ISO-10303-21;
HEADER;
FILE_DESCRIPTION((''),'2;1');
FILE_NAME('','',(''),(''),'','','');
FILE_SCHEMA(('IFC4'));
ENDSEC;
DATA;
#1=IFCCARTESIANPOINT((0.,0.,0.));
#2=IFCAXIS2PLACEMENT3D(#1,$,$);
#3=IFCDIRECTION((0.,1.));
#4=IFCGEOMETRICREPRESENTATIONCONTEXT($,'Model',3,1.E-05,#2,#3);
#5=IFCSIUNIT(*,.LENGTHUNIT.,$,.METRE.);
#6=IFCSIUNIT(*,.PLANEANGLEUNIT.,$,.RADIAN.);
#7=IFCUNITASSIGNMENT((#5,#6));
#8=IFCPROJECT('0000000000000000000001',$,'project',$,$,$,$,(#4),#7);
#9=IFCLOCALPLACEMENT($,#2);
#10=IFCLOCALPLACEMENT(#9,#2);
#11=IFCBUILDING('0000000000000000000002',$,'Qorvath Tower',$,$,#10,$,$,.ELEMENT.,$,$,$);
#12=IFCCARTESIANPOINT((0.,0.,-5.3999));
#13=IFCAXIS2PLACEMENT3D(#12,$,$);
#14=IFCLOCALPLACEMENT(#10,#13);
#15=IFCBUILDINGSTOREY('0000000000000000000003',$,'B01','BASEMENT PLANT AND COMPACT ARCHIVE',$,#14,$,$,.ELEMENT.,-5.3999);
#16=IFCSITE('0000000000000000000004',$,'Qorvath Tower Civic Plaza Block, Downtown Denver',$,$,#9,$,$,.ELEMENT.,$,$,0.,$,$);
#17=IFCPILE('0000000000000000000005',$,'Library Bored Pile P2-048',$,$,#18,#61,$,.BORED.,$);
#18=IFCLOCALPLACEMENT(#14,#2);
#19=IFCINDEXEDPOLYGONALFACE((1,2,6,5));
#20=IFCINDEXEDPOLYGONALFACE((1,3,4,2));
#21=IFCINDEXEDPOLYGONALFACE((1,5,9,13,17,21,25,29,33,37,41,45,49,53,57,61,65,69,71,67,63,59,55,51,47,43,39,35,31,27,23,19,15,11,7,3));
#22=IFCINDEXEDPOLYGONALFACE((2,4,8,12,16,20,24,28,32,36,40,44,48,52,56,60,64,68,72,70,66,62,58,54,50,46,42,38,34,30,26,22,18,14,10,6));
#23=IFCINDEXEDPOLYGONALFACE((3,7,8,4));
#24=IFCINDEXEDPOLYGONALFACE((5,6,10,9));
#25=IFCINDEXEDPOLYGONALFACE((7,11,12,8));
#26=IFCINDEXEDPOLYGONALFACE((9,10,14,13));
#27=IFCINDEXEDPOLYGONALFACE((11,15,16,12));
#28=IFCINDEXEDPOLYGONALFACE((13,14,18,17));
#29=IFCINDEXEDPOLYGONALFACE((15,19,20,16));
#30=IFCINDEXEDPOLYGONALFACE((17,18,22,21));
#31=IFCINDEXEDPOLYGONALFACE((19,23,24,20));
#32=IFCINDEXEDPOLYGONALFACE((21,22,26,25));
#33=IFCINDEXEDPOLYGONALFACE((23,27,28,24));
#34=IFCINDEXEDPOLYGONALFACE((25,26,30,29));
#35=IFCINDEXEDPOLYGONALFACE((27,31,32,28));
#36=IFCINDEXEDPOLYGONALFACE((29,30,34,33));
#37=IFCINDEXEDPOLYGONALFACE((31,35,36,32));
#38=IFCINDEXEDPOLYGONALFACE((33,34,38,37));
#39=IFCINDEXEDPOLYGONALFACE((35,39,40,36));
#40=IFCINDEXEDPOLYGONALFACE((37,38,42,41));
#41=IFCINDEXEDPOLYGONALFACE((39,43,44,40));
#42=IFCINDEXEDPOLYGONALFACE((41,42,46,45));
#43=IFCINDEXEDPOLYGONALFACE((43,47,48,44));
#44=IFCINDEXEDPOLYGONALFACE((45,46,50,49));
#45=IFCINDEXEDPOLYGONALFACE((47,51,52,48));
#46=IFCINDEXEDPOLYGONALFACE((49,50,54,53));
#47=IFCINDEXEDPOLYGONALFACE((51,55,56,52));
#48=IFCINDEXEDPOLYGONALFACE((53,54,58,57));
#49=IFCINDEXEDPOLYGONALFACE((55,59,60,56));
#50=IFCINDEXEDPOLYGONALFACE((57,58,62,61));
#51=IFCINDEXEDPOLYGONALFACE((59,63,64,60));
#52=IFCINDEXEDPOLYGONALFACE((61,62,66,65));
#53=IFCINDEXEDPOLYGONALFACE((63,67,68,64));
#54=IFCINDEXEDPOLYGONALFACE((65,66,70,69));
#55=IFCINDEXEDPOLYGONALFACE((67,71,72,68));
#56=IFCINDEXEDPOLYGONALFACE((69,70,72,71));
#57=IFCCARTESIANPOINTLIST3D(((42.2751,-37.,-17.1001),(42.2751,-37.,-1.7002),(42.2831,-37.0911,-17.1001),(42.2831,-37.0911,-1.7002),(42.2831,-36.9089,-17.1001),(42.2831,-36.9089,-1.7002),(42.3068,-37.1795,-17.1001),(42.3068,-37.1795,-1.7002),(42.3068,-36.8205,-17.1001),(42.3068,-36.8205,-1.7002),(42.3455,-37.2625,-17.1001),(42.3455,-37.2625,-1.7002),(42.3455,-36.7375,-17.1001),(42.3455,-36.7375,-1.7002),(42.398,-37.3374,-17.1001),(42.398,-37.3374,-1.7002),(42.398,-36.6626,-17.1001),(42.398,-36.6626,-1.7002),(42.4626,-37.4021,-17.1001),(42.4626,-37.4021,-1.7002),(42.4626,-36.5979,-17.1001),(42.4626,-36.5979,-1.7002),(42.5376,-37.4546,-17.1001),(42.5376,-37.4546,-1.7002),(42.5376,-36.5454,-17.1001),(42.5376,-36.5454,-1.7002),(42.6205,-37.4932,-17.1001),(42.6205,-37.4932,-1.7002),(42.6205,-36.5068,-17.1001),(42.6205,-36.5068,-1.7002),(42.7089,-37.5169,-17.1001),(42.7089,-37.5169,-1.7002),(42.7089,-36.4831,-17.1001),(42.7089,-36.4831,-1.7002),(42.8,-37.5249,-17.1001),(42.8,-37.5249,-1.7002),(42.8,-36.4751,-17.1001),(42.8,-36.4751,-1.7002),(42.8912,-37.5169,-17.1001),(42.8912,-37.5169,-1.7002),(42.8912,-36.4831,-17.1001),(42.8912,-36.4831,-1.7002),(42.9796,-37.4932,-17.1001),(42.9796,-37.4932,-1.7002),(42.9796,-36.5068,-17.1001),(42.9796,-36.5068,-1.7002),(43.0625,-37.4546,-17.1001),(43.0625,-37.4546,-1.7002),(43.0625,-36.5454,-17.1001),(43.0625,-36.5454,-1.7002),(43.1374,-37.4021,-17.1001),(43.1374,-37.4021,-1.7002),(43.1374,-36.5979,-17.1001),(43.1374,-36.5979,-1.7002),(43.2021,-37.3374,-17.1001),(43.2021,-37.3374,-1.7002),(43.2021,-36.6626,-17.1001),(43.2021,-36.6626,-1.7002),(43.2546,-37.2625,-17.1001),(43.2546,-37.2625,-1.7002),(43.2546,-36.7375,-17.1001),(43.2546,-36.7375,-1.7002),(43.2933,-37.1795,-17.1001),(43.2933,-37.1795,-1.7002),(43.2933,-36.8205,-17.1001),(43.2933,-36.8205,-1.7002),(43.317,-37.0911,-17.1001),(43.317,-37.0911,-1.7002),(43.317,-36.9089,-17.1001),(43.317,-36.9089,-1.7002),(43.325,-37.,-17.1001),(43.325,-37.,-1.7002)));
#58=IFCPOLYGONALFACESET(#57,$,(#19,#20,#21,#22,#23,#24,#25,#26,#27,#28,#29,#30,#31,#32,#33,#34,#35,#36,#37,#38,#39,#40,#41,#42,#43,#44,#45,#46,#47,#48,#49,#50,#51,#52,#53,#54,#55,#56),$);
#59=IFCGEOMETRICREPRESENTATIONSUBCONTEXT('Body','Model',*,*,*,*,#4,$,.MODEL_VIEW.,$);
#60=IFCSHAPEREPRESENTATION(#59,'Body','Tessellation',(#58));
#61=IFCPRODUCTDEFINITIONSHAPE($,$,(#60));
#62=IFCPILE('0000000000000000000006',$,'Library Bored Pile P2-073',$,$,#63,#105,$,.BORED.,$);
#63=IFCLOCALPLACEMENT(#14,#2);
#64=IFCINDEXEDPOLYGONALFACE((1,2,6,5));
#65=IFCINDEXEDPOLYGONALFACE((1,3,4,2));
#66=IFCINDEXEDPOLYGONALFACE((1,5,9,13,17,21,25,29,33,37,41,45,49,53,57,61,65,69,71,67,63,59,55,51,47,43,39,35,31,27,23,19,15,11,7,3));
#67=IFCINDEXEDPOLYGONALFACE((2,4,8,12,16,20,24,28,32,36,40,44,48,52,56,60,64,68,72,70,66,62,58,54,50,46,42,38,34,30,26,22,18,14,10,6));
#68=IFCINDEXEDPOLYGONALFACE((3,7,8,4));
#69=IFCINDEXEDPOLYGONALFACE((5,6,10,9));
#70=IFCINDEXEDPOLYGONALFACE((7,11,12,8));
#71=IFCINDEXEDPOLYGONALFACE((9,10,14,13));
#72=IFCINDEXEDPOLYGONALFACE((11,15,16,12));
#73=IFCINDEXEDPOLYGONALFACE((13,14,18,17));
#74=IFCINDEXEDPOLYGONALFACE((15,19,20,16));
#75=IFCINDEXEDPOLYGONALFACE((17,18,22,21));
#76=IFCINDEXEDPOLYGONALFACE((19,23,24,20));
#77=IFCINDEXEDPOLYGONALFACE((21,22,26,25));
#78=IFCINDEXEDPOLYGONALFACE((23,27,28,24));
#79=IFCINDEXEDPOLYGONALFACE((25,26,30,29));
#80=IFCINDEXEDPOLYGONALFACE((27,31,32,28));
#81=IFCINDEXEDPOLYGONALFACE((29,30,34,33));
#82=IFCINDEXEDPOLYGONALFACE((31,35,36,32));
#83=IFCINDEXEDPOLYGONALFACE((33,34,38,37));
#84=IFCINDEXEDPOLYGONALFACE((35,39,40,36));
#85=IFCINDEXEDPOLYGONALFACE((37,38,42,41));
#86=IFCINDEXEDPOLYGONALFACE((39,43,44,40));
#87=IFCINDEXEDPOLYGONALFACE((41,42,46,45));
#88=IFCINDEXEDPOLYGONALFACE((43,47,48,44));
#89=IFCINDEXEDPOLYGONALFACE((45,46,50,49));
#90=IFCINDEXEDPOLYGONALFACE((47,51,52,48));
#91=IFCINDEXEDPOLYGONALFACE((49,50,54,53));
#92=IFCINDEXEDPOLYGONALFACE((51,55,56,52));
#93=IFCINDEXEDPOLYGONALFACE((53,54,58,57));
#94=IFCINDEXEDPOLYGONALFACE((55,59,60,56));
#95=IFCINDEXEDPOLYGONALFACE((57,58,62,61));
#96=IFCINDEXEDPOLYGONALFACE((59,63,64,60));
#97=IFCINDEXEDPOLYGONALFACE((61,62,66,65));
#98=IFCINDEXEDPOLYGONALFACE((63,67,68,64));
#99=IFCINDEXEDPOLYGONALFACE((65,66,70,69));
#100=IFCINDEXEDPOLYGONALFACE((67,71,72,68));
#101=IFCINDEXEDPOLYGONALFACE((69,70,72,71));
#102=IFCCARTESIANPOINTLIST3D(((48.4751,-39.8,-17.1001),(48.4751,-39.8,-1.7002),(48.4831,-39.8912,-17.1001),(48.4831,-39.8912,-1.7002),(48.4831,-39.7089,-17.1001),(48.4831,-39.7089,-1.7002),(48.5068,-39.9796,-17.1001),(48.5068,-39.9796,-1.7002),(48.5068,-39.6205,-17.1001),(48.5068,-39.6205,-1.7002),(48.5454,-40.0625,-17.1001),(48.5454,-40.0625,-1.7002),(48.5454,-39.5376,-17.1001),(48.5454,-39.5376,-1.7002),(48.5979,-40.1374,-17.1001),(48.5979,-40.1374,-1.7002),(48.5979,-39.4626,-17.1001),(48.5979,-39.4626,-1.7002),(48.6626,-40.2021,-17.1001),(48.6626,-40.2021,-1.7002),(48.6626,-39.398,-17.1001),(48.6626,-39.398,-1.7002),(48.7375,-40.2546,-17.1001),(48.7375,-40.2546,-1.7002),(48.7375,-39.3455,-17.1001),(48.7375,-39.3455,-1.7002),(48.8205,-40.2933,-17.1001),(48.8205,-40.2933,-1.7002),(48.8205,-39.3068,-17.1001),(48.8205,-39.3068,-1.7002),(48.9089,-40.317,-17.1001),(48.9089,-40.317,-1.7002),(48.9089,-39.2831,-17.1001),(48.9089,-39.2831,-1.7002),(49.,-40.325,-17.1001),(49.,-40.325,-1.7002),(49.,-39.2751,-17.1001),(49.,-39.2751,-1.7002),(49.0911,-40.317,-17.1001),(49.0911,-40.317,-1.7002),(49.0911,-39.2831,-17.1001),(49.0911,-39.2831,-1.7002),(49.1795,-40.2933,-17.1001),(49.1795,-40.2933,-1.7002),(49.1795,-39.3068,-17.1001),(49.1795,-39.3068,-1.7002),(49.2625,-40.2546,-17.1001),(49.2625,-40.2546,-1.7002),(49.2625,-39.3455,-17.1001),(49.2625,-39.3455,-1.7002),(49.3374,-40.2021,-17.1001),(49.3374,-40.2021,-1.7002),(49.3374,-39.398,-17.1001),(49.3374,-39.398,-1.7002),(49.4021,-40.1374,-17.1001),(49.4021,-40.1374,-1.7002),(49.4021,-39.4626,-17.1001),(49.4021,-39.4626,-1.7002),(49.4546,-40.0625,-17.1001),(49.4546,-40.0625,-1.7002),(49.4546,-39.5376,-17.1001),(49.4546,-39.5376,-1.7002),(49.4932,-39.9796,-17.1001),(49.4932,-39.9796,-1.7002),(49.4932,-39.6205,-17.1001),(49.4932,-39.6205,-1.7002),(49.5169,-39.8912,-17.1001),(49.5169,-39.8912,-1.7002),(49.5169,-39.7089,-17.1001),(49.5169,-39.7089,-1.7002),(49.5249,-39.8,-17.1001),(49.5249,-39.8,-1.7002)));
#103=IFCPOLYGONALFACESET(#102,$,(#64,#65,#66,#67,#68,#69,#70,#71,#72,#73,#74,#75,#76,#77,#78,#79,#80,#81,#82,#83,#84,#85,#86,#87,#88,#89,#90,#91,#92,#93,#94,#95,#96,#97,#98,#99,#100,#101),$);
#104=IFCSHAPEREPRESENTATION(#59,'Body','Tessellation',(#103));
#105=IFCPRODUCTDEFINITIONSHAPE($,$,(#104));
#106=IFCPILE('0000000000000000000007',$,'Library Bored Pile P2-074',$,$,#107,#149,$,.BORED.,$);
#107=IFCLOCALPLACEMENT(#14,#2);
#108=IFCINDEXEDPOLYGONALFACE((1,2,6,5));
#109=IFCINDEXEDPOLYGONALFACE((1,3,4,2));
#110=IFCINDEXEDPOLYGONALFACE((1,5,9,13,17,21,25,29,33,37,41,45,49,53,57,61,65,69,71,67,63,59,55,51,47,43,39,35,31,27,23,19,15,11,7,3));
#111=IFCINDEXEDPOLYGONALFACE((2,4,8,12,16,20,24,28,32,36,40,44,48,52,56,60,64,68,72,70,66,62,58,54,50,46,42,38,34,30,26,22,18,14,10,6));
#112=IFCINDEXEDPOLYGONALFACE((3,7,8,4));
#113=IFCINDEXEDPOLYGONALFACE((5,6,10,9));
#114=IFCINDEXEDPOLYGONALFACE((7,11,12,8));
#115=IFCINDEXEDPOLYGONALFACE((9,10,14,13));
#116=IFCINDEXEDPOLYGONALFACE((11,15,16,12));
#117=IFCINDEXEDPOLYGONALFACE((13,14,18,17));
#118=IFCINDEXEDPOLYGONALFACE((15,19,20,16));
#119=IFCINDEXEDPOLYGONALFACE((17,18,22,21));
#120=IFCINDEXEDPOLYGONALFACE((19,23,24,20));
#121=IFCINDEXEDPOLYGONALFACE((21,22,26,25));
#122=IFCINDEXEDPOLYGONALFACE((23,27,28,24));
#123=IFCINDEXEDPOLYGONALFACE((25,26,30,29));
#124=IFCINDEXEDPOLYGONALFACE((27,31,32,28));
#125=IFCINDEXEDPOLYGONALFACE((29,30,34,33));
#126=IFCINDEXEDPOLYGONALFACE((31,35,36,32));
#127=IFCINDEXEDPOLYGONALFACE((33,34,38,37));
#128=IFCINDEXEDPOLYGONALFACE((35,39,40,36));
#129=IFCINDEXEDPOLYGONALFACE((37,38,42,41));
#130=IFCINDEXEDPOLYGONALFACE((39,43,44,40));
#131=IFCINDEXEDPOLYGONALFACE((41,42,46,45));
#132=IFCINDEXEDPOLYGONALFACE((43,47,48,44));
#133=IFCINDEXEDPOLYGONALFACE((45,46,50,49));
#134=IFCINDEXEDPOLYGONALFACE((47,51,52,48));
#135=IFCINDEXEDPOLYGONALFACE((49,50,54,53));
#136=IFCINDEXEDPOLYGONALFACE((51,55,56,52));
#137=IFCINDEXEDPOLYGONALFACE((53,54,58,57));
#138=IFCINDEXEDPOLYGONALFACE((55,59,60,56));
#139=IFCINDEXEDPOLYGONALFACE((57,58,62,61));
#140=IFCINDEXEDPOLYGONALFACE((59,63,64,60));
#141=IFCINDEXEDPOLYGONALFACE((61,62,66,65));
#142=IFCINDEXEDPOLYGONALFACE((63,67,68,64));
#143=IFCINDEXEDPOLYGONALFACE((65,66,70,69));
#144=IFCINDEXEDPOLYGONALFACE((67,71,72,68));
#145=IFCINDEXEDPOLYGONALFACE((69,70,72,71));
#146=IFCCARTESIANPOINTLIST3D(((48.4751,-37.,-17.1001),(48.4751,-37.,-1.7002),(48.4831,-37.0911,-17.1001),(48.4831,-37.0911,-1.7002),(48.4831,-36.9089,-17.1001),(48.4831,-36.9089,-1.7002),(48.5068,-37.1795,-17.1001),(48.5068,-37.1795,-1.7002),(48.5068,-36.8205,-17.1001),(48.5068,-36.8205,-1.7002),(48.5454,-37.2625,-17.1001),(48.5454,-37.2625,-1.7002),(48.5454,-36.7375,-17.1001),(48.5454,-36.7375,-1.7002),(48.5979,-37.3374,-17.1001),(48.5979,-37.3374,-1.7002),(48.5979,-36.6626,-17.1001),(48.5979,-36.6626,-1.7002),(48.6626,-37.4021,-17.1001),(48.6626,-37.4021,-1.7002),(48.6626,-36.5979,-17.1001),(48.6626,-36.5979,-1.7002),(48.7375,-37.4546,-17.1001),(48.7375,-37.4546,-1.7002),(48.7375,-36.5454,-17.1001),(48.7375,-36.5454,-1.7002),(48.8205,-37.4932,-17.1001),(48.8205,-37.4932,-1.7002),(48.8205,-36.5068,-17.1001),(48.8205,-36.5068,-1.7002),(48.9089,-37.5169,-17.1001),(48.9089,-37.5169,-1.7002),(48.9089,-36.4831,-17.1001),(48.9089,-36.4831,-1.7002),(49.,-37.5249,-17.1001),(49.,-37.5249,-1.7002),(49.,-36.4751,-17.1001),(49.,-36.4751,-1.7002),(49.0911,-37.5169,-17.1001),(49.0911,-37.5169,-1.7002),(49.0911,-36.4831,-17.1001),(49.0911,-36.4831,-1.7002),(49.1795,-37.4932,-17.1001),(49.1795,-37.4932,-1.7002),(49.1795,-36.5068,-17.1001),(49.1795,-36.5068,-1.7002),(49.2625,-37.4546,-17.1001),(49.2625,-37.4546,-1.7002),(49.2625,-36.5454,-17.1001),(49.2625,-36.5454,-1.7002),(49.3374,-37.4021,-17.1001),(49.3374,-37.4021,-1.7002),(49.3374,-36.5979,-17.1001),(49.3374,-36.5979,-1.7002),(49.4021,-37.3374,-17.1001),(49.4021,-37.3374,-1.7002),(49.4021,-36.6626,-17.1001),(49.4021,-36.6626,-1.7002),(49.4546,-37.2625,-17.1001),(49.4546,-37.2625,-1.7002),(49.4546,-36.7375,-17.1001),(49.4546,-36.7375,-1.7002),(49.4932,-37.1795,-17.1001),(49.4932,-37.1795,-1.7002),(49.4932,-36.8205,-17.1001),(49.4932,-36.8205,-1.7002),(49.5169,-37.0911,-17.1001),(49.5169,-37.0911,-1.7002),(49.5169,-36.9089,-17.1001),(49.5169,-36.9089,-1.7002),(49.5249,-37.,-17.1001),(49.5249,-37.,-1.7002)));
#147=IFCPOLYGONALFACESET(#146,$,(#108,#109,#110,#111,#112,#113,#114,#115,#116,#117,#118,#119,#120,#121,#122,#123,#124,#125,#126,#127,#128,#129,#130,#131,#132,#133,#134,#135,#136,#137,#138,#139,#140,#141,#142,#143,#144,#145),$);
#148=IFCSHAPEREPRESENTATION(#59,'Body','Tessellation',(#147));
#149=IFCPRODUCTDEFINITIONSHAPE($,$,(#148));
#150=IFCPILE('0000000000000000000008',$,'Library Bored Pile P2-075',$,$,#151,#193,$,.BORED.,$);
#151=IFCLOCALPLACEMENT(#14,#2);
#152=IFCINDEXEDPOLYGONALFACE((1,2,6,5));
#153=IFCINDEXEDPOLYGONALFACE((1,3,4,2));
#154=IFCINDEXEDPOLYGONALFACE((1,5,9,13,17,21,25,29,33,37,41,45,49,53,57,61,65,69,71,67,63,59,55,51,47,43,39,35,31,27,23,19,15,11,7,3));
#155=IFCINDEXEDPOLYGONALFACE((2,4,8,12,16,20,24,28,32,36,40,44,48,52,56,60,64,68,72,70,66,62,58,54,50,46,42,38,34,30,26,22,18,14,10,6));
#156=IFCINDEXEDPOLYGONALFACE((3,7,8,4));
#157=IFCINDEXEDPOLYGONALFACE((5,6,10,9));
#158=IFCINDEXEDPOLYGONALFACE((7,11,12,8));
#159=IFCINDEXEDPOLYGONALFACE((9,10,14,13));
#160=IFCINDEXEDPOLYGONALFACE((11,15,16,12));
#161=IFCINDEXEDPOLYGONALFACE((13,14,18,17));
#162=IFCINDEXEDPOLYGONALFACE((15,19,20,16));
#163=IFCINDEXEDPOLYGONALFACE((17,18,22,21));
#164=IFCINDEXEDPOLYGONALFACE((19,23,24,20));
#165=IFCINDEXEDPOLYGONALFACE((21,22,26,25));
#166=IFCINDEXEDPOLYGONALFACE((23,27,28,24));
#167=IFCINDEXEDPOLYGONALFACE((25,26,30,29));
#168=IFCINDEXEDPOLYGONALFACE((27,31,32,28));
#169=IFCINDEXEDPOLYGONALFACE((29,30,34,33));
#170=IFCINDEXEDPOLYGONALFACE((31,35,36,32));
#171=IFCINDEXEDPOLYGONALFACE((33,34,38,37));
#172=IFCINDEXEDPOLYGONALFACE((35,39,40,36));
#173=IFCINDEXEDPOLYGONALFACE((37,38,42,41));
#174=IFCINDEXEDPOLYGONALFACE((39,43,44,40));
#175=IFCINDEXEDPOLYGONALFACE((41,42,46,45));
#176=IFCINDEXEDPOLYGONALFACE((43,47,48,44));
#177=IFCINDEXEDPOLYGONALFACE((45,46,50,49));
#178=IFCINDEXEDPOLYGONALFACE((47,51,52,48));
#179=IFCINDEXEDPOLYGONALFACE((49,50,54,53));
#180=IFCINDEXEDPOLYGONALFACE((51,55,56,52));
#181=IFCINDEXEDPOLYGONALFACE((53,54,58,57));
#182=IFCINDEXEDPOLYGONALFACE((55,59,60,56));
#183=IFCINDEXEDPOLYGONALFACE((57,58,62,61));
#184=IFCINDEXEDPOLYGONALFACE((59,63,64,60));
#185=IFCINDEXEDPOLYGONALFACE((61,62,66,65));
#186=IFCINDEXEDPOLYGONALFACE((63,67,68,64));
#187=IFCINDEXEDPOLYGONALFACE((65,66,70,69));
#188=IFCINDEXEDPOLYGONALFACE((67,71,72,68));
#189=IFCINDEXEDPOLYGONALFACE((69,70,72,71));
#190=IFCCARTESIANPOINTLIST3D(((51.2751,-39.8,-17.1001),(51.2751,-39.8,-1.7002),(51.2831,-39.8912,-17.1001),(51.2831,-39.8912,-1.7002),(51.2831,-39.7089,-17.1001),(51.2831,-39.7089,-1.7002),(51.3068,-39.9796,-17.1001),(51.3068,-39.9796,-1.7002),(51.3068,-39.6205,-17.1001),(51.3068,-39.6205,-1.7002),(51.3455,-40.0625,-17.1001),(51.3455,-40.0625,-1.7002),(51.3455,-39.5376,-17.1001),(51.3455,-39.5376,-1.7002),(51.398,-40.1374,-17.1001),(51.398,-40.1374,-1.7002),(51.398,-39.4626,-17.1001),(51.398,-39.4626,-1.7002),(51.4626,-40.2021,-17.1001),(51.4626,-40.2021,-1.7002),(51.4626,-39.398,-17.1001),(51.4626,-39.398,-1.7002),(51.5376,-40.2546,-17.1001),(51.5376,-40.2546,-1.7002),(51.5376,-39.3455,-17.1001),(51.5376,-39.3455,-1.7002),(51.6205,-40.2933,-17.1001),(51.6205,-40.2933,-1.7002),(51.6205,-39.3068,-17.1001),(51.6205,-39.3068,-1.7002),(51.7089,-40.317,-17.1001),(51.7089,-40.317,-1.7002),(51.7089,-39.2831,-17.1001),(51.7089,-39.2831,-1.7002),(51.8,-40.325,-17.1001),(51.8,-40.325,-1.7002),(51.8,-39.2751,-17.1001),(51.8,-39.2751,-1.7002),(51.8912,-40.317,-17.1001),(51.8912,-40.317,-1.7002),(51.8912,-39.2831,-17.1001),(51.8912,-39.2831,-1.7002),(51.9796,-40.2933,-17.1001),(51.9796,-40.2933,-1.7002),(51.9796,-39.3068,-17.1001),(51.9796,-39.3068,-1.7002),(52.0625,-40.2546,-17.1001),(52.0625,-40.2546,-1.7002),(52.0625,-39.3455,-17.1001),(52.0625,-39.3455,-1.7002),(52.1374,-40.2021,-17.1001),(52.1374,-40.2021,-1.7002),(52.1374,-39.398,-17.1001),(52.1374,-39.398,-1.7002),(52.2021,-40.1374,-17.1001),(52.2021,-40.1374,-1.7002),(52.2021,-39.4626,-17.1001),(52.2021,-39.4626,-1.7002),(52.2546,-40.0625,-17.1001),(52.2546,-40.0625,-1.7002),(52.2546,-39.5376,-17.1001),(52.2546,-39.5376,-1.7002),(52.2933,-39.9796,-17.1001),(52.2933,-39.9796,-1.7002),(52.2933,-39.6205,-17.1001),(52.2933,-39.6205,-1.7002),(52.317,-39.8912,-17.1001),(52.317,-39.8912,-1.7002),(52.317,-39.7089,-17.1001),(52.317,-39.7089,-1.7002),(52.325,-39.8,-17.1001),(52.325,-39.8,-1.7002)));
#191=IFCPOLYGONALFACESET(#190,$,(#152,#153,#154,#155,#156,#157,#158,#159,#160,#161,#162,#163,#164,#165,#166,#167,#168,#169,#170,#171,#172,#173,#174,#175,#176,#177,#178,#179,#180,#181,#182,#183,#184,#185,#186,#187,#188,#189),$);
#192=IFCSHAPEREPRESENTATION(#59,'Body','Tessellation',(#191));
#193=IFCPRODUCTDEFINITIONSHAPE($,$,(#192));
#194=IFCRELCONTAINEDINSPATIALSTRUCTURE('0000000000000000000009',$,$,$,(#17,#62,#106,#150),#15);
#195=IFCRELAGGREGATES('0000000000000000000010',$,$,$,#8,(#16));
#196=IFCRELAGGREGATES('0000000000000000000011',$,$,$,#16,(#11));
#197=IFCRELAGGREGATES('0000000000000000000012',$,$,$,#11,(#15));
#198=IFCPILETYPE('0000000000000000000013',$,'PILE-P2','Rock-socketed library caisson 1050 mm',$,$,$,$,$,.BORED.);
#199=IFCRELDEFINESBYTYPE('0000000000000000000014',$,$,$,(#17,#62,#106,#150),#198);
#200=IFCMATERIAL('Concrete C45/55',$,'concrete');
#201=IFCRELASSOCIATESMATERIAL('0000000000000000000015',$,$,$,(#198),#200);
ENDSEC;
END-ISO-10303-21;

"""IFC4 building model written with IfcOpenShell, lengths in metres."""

from ifc_helpers import new_model, si_unit, direction, frame, origin, origin_2d, place, context, subcontext, project, spatial, circle, extrude, material, material_profile, profile_set, type_object, element, save


model = new_model("IFC4")

# Units and contexts
model_context = context("Model", 3, precision=1e-05, world=origin(), true_north=direction((0.0, 1.0)))
body_context = subcontext(model_context, "Body", "Model", "MODEL_VIEW")
ifc_project = project(units=[si_unit("LENGTHUNIT", "METRE"), si_unit("PLANEANGLEUNIT", "RADIAN")], contexts=[model_context])

# Site, building, storey
site_placement = place(None, origin())
site = spatial("IfcSite", under=ifc_project, at=site_placement, Name="Qorvath Tower Civic Plaza Block, Downtown Denver", CompositionType="ELEMENT", RefElevation=0.0)
building_placement = place(site_placement, origin())
building = spatial("IfcBuilding", under=site, at=building_placement, Name="Qorvath Tower", CompositionType="ELEMENT")
storey_placement = place(building_placement, frame((0.0, 0.0, -5.3999)))
storey = spatial("IfcBuildingStorey", under=building, at=storey_placement, Name="B01", Description="BASEMENT PLANT AND COMPACT ARCHIVE", CompositionType="ELEMENT", Elevation=-5.3999)

# Piles
ifc_material_1 = material(Name="Concrete C45/55", Category="concrete")
ifc_material_profile_1 = material_profile(ifc_material_1, circle(Radius=0.5249, at=origin_2d()), Name="BORED PILE 1050")
ifc_profile_set_1 = profile_set([ifc_material_profile_1], Name="Concrete C45/55")
pile_type = type_object("IfcPileType", Name="PILE-P2", Description="Rock-socketed library caisson 1050 mm", PredefinedType="BORED", material=ifc_profile_set_1)
for number, where, z_axis, x_axis, name in (
    (1, (42.8, -37.0, -1.7002), (0.0, 0.0, -1.0), (1.0, 0.0, 0.0), "Library Bored Pile P2-048"),
    (2, (49.0, -39.8, -1.7002), (0.0, 0.0, -1.0), (1.0, 0.0, 0.0), "Library Bored Pile P2-073"),
    (3, (49.0, -37.0, -1.7002), (0.0, 0.0, -1.0), (1.0, 0.0, 0.0), "Library Bored Pile P2-074"),
    (4, (51.8, -39.8, -1.7002), (0.0, 0.0, -1.0), (1.0, 0.0, 0.0), "Library Bored Pile P2-075"),
):
    element("IfcPile", number, at=place(storey_placement, frame(where, z_axis=z_axis, x_axis=x_axis)), inside=storey, type_object=pile_type, Name=name, PredefinedType="BORED", context=body_context, shape_type="SweptSolid", body=[
        extrude(circle(Radius=0.5249, at=origin_2d()), origin(), (0.0, 0.0, 1.0), 15.3999),
    ])

save(model, "model.ifc")
